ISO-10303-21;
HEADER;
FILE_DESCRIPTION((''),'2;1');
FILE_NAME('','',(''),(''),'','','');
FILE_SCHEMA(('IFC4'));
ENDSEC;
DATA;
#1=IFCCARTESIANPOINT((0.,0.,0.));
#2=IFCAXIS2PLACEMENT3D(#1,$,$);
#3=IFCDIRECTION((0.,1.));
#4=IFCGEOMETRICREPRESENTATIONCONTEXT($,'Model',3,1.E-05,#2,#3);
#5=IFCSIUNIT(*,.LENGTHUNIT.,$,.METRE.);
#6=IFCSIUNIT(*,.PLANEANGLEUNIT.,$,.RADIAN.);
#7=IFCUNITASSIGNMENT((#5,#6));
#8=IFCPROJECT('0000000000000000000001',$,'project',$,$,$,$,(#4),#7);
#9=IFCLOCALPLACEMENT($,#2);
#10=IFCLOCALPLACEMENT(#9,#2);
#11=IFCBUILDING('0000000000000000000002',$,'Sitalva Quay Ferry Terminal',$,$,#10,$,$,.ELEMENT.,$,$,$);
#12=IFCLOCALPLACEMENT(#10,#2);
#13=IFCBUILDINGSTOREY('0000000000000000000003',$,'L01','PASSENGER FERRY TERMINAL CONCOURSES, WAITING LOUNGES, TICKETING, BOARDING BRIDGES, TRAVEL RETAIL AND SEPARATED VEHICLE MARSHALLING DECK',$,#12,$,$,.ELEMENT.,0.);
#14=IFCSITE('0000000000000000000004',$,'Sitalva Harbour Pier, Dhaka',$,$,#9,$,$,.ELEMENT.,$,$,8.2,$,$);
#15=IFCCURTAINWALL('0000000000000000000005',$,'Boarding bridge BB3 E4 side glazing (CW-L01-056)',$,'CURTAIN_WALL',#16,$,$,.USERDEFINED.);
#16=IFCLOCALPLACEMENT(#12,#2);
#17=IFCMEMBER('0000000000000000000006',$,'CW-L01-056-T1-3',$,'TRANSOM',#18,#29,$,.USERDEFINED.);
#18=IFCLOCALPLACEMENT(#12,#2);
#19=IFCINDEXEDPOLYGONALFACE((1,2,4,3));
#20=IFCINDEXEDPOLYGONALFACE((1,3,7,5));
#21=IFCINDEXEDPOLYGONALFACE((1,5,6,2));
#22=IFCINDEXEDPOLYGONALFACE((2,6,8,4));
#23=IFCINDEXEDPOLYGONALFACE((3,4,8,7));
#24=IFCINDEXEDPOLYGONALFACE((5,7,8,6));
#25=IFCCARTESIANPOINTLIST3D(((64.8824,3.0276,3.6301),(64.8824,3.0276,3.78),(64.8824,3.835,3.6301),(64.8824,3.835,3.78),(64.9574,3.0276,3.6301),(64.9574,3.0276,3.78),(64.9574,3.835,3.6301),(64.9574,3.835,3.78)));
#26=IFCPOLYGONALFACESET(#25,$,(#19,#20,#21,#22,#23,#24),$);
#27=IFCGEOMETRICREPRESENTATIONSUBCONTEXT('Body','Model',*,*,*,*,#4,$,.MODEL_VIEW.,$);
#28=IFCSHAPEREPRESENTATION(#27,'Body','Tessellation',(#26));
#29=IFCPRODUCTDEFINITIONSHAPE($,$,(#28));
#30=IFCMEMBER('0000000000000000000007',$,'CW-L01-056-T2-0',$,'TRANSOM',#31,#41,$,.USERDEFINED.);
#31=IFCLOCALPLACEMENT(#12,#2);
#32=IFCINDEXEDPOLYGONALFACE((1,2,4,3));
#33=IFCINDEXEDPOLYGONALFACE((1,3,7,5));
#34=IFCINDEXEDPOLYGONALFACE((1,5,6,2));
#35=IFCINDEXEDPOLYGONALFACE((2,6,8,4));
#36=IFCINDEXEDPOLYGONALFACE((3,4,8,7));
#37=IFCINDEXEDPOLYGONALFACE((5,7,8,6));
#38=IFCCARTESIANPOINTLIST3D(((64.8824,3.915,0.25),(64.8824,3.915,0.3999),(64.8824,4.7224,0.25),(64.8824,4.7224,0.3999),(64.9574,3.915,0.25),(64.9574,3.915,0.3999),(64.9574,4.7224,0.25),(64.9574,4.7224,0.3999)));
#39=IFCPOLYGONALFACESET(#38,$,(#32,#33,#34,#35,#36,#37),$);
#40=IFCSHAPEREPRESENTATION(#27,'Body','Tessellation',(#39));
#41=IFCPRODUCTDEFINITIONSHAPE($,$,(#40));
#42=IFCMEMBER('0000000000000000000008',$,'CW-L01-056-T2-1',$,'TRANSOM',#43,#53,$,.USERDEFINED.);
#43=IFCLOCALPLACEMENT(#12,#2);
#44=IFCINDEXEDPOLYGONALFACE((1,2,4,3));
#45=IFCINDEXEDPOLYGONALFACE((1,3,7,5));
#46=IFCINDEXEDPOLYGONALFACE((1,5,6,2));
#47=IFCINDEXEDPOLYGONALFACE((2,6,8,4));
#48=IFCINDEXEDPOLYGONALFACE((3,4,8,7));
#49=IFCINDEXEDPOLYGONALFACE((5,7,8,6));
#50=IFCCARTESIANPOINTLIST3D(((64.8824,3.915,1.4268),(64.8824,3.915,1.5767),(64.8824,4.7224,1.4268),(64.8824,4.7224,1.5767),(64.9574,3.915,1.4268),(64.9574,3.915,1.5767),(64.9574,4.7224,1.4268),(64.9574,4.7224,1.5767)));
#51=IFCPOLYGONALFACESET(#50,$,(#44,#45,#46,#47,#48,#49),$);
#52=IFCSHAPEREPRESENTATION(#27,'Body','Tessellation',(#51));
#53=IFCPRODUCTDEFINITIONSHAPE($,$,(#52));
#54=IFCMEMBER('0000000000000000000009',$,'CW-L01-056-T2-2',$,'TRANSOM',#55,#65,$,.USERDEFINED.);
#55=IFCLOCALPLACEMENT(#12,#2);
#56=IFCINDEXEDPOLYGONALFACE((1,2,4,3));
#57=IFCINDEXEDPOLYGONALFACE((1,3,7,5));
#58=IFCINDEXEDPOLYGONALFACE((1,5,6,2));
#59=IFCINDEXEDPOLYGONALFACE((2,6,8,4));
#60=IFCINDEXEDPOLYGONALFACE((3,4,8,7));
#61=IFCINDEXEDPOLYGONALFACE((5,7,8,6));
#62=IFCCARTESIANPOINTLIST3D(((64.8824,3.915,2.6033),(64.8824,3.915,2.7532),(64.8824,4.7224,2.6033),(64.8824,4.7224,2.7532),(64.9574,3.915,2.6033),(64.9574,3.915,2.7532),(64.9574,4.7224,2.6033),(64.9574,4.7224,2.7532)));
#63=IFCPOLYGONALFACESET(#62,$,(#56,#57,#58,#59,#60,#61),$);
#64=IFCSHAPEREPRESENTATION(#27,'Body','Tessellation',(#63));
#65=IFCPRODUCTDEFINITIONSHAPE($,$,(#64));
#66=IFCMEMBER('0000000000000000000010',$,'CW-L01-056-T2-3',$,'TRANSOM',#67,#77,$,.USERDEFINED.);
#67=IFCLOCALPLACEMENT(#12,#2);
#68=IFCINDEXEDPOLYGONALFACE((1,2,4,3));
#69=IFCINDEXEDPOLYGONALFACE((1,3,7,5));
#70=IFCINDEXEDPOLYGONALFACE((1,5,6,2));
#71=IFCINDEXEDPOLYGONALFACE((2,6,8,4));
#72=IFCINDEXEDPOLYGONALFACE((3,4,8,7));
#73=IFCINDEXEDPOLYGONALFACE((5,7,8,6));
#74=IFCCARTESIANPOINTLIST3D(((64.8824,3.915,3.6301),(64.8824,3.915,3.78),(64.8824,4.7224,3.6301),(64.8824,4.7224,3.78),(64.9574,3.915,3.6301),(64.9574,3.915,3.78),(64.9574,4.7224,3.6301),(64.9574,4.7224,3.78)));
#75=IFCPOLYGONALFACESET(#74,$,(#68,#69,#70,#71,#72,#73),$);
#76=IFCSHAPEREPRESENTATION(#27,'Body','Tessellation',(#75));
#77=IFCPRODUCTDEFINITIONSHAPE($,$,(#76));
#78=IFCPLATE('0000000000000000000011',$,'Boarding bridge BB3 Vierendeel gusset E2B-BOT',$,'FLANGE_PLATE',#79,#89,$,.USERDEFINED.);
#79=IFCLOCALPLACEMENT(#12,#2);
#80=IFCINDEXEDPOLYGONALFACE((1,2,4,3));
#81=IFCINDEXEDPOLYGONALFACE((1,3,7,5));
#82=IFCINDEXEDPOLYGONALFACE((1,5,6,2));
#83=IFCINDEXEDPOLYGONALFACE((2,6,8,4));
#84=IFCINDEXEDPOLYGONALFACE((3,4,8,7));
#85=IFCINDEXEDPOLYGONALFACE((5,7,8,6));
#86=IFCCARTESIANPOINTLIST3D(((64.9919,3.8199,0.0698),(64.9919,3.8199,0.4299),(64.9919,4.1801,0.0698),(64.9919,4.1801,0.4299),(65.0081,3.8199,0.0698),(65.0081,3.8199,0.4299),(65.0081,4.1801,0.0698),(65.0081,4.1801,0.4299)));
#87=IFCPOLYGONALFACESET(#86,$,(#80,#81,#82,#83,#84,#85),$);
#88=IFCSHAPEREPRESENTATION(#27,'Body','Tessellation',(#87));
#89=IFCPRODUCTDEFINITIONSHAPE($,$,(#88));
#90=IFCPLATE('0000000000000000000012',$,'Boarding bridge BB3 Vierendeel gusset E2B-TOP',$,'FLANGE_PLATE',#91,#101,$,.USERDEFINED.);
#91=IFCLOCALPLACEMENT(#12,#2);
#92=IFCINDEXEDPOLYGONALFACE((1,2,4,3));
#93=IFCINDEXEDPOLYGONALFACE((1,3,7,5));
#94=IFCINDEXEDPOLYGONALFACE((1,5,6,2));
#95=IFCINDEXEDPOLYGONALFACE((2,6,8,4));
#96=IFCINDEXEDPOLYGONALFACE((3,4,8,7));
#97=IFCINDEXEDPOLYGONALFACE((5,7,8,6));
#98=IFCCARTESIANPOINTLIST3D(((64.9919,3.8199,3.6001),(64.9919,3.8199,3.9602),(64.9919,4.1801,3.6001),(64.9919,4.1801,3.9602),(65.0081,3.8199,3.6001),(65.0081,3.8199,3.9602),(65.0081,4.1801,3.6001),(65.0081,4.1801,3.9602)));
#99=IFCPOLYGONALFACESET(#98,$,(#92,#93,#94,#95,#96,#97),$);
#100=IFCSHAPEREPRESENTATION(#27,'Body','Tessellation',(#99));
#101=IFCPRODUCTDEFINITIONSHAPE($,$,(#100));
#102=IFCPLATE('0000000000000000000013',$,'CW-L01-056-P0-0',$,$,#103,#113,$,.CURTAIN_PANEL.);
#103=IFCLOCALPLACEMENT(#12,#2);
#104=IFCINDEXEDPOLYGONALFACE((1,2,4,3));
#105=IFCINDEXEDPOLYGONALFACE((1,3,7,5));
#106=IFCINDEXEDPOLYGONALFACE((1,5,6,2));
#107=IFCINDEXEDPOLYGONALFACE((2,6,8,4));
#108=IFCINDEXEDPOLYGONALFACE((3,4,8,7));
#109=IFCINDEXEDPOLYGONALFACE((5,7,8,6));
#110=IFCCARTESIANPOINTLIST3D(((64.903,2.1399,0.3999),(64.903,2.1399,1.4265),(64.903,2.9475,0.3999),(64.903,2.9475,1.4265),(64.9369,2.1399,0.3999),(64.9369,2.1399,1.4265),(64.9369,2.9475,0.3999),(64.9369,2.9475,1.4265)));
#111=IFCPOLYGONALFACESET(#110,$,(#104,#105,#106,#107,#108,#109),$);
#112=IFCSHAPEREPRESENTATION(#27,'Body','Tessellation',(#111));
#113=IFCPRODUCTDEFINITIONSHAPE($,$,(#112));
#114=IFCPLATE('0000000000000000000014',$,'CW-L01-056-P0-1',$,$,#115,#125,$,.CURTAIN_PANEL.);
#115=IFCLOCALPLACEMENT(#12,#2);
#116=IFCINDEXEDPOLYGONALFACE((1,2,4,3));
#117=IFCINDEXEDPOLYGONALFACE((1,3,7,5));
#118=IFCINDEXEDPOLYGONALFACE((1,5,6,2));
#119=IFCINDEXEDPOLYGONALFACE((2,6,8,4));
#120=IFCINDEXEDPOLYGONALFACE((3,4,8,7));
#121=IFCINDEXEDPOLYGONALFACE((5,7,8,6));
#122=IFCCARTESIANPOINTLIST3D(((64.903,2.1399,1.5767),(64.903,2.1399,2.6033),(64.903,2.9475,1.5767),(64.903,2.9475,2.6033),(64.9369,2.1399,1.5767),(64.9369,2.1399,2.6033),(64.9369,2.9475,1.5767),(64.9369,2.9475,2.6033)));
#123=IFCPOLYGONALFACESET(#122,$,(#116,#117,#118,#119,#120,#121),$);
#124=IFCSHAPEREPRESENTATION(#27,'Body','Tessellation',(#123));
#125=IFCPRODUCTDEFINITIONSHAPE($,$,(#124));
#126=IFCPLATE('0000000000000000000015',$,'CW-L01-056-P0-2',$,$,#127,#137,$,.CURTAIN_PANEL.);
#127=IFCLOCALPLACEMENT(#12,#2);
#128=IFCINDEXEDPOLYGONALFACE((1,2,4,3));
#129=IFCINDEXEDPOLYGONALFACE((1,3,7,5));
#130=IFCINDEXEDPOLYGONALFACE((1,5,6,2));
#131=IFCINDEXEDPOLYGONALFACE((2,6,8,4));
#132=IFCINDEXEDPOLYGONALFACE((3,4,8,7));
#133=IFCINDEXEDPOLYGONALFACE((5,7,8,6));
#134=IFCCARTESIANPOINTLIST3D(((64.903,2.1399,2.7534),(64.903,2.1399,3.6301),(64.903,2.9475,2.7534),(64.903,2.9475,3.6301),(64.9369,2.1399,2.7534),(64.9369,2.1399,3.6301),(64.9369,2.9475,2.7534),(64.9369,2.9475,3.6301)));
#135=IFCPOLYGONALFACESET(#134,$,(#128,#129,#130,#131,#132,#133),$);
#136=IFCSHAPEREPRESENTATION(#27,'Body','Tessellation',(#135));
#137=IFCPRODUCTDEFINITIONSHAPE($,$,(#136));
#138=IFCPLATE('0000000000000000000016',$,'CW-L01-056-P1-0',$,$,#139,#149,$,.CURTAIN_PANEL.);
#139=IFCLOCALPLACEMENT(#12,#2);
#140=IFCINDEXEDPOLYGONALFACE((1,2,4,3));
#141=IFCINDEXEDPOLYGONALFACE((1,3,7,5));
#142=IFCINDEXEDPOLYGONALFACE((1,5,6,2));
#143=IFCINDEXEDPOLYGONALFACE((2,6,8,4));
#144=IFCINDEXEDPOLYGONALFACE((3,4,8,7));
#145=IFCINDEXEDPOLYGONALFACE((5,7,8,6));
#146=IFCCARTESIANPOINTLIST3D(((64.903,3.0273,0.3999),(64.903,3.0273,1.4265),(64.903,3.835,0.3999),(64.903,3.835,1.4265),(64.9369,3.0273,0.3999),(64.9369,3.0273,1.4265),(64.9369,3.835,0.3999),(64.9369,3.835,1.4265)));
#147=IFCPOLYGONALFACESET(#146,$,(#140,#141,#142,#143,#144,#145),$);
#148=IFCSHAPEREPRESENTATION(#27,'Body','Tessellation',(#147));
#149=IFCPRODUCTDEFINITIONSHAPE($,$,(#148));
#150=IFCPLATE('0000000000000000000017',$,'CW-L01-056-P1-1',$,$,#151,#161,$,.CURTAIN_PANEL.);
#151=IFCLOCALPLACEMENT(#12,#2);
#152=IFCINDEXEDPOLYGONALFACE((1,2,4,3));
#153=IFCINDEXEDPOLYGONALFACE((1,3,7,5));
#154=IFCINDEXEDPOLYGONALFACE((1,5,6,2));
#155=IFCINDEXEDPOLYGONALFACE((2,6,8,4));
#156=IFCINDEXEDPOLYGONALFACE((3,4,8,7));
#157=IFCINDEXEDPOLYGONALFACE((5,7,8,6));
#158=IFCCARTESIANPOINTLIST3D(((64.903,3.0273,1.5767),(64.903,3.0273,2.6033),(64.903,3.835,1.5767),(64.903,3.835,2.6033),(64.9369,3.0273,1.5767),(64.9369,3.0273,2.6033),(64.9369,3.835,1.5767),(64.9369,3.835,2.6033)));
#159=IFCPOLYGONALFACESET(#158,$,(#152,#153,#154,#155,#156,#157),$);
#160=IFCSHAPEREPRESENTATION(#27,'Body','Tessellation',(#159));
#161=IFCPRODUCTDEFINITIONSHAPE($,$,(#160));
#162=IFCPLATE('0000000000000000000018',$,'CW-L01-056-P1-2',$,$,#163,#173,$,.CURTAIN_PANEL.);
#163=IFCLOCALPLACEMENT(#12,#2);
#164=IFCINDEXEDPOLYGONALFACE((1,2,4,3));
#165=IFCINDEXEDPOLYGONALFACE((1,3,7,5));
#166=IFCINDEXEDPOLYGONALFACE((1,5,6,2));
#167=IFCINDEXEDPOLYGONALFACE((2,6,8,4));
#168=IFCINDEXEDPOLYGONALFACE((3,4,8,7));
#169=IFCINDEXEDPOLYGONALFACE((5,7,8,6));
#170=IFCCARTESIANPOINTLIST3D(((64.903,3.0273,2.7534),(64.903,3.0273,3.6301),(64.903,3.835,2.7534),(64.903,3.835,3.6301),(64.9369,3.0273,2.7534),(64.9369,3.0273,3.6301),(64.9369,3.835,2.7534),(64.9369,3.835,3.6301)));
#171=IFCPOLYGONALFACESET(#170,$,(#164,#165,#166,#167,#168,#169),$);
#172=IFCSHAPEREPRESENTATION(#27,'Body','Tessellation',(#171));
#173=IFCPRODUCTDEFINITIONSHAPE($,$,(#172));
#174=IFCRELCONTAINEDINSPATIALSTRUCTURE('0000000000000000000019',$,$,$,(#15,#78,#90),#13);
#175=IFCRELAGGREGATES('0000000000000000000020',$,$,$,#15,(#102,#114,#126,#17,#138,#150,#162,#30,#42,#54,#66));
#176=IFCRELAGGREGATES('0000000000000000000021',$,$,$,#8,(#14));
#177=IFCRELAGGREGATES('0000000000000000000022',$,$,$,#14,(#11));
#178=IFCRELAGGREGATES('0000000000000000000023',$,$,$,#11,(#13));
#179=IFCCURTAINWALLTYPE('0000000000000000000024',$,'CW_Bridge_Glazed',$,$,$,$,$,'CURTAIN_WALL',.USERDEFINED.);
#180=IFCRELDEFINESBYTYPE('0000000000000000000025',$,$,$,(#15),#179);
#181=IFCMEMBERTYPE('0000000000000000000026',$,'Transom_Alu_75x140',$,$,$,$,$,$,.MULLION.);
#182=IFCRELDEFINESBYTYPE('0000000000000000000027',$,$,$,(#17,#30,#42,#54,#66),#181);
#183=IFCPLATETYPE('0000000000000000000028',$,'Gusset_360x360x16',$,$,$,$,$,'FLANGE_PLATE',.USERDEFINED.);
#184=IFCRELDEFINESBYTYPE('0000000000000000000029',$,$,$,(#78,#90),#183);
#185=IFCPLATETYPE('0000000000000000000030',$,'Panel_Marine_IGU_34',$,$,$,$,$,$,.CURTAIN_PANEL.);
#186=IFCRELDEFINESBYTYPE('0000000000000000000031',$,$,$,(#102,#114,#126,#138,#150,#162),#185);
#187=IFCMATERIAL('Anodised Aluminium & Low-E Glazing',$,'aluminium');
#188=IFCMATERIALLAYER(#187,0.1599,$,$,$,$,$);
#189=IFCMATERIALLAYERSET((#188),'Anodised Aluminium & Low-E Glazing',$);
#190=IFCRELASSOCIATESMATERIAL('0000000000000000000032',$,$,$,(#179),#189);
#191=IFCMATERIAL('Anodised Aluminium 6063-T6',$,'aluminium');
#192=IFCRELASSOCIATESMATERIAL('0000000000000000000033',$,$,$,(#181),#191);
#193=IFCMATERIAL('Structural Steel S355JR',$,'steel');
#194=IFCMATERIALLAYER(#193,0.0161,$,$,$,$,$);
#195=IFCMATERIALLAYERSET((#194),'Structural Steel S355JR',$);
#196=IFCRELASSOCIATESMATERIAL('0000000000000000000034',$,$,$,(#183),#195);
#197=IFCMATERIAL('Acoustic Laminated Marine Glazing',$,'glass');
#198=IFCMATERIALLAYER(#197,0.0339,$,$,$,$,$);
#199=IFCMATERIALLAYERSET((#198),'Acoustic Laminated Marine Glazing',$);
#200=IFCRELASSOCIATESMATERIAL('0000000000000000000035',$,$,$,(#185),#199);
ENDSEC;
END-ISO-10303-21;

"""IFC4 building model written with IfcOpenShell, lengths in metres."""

from ifc_helpers import new_model, si_unit, direction, frame, origin, origin_2d, place, context, subcontext, project, spatial, rectangle, extrude, material, layer, layer_set, material_profile, profile_set, type_object, element, aggregate, save


model = new_model("IFC4")

# Units and contexts
model_context = context("Model", 3, precision=1e-05, world=origin(), true_north=direction((0.0, 1.0)))
body_context = subcontext(model_context, "Body", "Model", "MODEL_VIEW")
ifc_project = project(units=[si_unit("LENGTHUNIT", "METRE"), si_unit("PLANEANGLEUNIT", "RADIAN")], contexts=[model_context])

# Site, building, storey
site_placement = place(None, origin())
site = spatial("IfcSite", under=ifc_project, at=site_placement, Name="Sitalva Harbour Pier, Dhaka", CompositionType="ELEMENT", RefElevation=8.2)
building_placement = place(site_placement, origin())
building = spatial("IfcBuilding", under=site, at=building_placement, Name="Sitalva Quay Ferry Terminal", CompositionType="ELEMENT")
storey_placement = place(building_placement, origin())
storey = spatial("IfcBuildingStorey", under=building, at=storey_placement, Name="L01", Description="PASSENGER FERRY TERMINAL CONCOURSES, WAITING LOUNGES, TICKETING, BOARDING BRIDGES, TRAVEL RETAIL AND SEPARATED VEHICLE MARSHALLING DECK", CompositionType="ELEMENT", Elevation=0.0)

# Curtain wall
ifc_material_1 = material(Name="Anodised Aluminium & Low-E Glazing", Category="aluminium")
ifc_layer_1 = layer(ifc_material_1, 0.1599)
ifc_layer_set_1 = layer_set([ifc_layer_1], Name="Anodised Aluminium & Low-E Glazing")
curtain_wall_type = type_object("IfcCurtainWallType", Name="CW_Bridge_Glazed", ElementType="CURTAIN_WALL", PredefinedType="USERDEFINED", material=ifc_layer_set_1)
curtain_wall_placement = place(storey_placement, origin())
curtain_wall = element("IfcCurtainWall", 1, at=curtain_wall_placement, inside=storey, type_object=curtain_wall_type, Name="Boarding bridge BB3 E4 side glazing (CW-L01-056)", ObjectType="CURTAIN_WALL", PredefinedType="USERDEFINED")

# Members
ifc_material_2 = material(Name="Anodised Aluminium 6063-T6", Category="aluminium")
ifc_material_profile_1 = material_profile(ifc_material_2, rectangle(XDim=0.075, YDim=0.1499, at=origin_2d()), Name="ALU75x150")
ifc_profile_set_1 = profile_set([ifc_material_profile_1], Name="Anodised Aluminium 6063-T6")
member_type_1 = type_object("IfcMemberType", Name="Transom_Alu_75x140", PredefinedType="MULLION", material=ifc_profile_set_1)
member_1_placement = place(storey_placement, frame((64.9199, 3.0276, 3.7051), z_axis=(0.0, 1.0, 0.0), x_axis=(-1.0, 0.0, 0.0)))
member_1 = element("IfcMember", 2, at=member_1_placement, type_object=member_type_1, Name="CW-L01-056-T1-3", ObjectType="TRANSOM", PredefinedType="USERDEFINED", context=body_context, shape_type="SweptSolid", body=[
    extrude(rectangle(XDim=0.075, YDim=0.1499, at=origin_2d()), origin(), (0.0, 0.0, 1.0), 0.8074),
])
member_2_placement = place(storey_placement, frame((64.9199, 3.915, 0.325), z_axis=(0.0, 1.0, 0.0), x_axis=(-1.0, 0.0, 0.0)))
member_2 = element("IfcMember", 3, at=member_2_placement, type_object=member_type_1, Name="CW-L01-056-T2-0", ObjectType="TRANSOM", PredefinedType="USERDEFINED", context=body_context, shape_type="SweptSolid", body=[
    extrude(rectangle(XDim=0.075, YDim=0.1499, at=origin_2d()), origin(), (0.0, 0.0, 1.0), 0.8074),
])
member_3_placement = place(storey_placement, frame((64.9199, 3.915, 1.5017), z_axis=(0.0, 1.0, 0.0), x_axis=(-1.0, 0.0, 0.0)))
member_3 = element("IfcMember", 4, at=member_3_placement, type_object=member_type_1, Name="CW-L01-056-T2-1", ObjectType="TRANSOM", PredefinedType="USERDEFINED", context=body_context, shape_type="SweptSolid", body=[
    extrude(rectangle(XDim=0.075, YDim=0.1499, at=origin_2d()), origin(), (0.0, 0.0, 1.0), 0.8074),
])
member_4_placement = place(storey_placement, frame((64.9199, 3.915, 2.6782), z_axis=(0.0, 1.0, 0.0), x_axis=(-1.0, 0.0, 0.0)))
member_4 = element("IfcMember", 5, at=member_4_placement, type_object=member_type_1, Name="CW-L01-056-T2-2", ObjectType="TRANSOM", PredefinedType="USERDEFINED", context=body_context, shape_type="SweptSolid", body=[
    extrude(rectangle(XDim=0.075, YDim=0.1499, at=origin_2d()), origin(), (0.0, 0.0, 1.0), 0.8074),
])
member_5_placement = place(storey_placement, frame((64.9199, 3.915, 3.7051), z_axis=(0.0, 1.0, 0.0), x_axis=(-1.0, 0.0, 0.0)))
member_5 = element("IfcMember", 6, at=member_5_placement, type_object=member_type_1, Name="CW-L01-056-T2-3", ObjectType="TRANSOM", PredefinedType="USERDEFINED", context=body_context, shape_type="SweptSolid", body=[
    extrude(rectangle(XDim=0.075, YDim=0.1499, at=origin_2d()), origin(), (0.0, 0.0, 1.0), 0.8074),
])

# Plates
ifc_material_3 = material(Name="Structural Steel S355JR", Category="steel")
ifc_layer_2 = layer(ifc_material_3, 0.0161)
ifc_layer_set_2 = layer_set([ifc_layer_2], Name="Structural Steel S355JR")
plate_type_1 = type_object("IfcPlateType", Name="Gusset_360x360x16", ElementType="FLANGE_PLATE", PredefinedType="USERDEFINED", material=ifc_layer_set_2)
for number, where, z_axis, x_axis, name in (
    (7, (65.0, 4.0, 0.0698), (0.0, 0.0, 1.0), (1.0, 0.0, 0.0), "Boarding bridge BB3 Vierendeel gusset E2B-BOT"),
    (8, (65.0, 4.0, 3.6001), (0.0, 0.0, 1.0), (1.0, 0.0, 0.0), "Boarding bridge BB3 Vierendeel gusset E2B-TOP"),
):
    element("IfcPlate", number, at=place(storey_placement, frame(where, z_axis=z_axis, x_axis=x_axis)), inside=storey, type_object=plate_type_1, Name=name, ObjectType="FLANGE_PLATE", PredefinedType="USERDEFINED", context=body_context, shape_type="SweptSolid", body=[
        extrude(rectangle(XDim=0.0161, YDim=0.3601, at=origin_2d()), origin(), (0.0, 0.0, 1.0), 0.3601),
    ])

# Plates
ifc_material_4 = material(Name="Acoustic Laminated Marine Glazing", Category="glass")
ifc_layer_3 = layer(ifc_material_4, 0.0339)
ifc_layer_set_3 = layer_set([ifc_layer_3], Name="Acoustic Laminated Marine Glazing")
plate_type_2 = type_object("IfcPlateType", Name="Panel_Marine_IGU_34", PredefinedType="CURTAIN_PANEL", material=ifc_layer_set_3)
plate_1_placement = place(storey_placement, frame((64.9199, 2.5437, 0.3999), z_axis=(0.0, 0.0, 1.0), x_axis=(0.0, 1.0, 0.0)))
plate_1 = element("IfcPlate", 9, at=plate_1_placement, type_object=plate_type_2, Name="CW-L01-056-P0-0", PredefinedType="CURTAIN_PANEL", context=body_context, shape_type="SweptSolid", body=[
    extrude(rectangle(XDim=0.8076, YDim=0.0339, at=origin_2d()), origin(), (0.0, 0.0, 1.0), 1.0266),
])
plate_2_placement = place(storey_placement, frame((64.9199, 2.5437, 1.5767), z_axis=(0.0, 0.0, 1.0), x_axis=(0.0, 1.0, 0.0)))
plate_2 = element("IfcPlate", 10, at=plate_2_placement, type_object=plate_type_2, Name="CW-L01-056-P0-1", PredefinedType="CURTAIN_PANEL", context=body_context, shape_type="SweptSolid", body=[
    extrude(rectangle(XDim=0.8076, YDim=0.0339, at=origin_2d()), origin(), (0.0, 0.0, 1.0), 1.0266),
])
plate_3_placement = place(storey_placement, frame((64.9199, 2.5437, 2.7534), z_axis=(0.0, 0.0, 1.0), x_axis=(0.0, 1.0, 0.0)))
plate_3 = element("IfcPlate", 11, at=plate_3_placement, type_object=plate_type_2, Name="CW-L01-056-P0-2", PredefinedType="CURTAIN_PANEL", context=body_context, shape_type="SweptSolid", body=[
    extrude(rectangle(XDim=0.8076, YDim=0.0339, at=origin_2d()), origin(), (0.0, 0.0, 1.0), 0.8767),
])
plate_4_placement = place(storey_placement, frame((64.9199, 3.4312, 0.3999), z_axis=(0.0, 0.0, 1.0), x_axis=(0.0, 1.0, 0.0)))
plate_4 = element("IfcPlate", 12, at=plate_4_placement, type_object=plate_type_2, Name="CW-L01-056-P1-0", PredefinedType="CURTAIN_PANEL", context=body_context, shape_type="SweptSolid", body=[
    extrude(rectangle(XDim=0.8076, YDim=0.0339, at=origin_2d()), origin(), (0.0, 0.0, 1.0), 1.0266),
])
plate_5_placement = place(storey_placement, frame((64.9199, 3.4312, 1.5767), z_axis=(0.0, 0.0, 1.0), x_axis=(0.0, 1.0, 0.0)))
plate_5 = element("IfcPlate", 13, at=plate_5_placement, type_object=plate_type_2, Name="CW-L01-056-P1-1", PredefinedType="CURTAIN_PANEL", context=body_context, shape_type="SweptSolid", body=[
    extrude(rectangle(XDim=0.8076, YDim=0.0339, at=origin_2d()), origin(), (0.0, 0.0, 1.0), 1.0266),
])
plate_6_placement = place(storey_placement, frame((64.9199, 3.4312, 2.7534), z_axis=(0.0, 0.0, 1.0), x_axis=(0.0, 1.0, 0.0)))
plate_6 = element("IfcPlate", 14, at=plate_6_placement, type_object=plate_type_2, Name="CW-L01-056-P1-2", PredefinedType="CURTAIN_PANEL", context=body_context, shape_type="SweptSolid", body=[
    extrude(rectangle(XDim=0.8076, YDim=0.0339, at=origin_2d()), origin(), (0.0, 0.0, 1.0), 0.8767),
])
aggregate(curtain_wall, [plate_1, plate_2, plate_3, member_1, plate_4, plate_5, plate_6, member_2, member_3, member_4, member_5])

save(model, "model.ifc")
